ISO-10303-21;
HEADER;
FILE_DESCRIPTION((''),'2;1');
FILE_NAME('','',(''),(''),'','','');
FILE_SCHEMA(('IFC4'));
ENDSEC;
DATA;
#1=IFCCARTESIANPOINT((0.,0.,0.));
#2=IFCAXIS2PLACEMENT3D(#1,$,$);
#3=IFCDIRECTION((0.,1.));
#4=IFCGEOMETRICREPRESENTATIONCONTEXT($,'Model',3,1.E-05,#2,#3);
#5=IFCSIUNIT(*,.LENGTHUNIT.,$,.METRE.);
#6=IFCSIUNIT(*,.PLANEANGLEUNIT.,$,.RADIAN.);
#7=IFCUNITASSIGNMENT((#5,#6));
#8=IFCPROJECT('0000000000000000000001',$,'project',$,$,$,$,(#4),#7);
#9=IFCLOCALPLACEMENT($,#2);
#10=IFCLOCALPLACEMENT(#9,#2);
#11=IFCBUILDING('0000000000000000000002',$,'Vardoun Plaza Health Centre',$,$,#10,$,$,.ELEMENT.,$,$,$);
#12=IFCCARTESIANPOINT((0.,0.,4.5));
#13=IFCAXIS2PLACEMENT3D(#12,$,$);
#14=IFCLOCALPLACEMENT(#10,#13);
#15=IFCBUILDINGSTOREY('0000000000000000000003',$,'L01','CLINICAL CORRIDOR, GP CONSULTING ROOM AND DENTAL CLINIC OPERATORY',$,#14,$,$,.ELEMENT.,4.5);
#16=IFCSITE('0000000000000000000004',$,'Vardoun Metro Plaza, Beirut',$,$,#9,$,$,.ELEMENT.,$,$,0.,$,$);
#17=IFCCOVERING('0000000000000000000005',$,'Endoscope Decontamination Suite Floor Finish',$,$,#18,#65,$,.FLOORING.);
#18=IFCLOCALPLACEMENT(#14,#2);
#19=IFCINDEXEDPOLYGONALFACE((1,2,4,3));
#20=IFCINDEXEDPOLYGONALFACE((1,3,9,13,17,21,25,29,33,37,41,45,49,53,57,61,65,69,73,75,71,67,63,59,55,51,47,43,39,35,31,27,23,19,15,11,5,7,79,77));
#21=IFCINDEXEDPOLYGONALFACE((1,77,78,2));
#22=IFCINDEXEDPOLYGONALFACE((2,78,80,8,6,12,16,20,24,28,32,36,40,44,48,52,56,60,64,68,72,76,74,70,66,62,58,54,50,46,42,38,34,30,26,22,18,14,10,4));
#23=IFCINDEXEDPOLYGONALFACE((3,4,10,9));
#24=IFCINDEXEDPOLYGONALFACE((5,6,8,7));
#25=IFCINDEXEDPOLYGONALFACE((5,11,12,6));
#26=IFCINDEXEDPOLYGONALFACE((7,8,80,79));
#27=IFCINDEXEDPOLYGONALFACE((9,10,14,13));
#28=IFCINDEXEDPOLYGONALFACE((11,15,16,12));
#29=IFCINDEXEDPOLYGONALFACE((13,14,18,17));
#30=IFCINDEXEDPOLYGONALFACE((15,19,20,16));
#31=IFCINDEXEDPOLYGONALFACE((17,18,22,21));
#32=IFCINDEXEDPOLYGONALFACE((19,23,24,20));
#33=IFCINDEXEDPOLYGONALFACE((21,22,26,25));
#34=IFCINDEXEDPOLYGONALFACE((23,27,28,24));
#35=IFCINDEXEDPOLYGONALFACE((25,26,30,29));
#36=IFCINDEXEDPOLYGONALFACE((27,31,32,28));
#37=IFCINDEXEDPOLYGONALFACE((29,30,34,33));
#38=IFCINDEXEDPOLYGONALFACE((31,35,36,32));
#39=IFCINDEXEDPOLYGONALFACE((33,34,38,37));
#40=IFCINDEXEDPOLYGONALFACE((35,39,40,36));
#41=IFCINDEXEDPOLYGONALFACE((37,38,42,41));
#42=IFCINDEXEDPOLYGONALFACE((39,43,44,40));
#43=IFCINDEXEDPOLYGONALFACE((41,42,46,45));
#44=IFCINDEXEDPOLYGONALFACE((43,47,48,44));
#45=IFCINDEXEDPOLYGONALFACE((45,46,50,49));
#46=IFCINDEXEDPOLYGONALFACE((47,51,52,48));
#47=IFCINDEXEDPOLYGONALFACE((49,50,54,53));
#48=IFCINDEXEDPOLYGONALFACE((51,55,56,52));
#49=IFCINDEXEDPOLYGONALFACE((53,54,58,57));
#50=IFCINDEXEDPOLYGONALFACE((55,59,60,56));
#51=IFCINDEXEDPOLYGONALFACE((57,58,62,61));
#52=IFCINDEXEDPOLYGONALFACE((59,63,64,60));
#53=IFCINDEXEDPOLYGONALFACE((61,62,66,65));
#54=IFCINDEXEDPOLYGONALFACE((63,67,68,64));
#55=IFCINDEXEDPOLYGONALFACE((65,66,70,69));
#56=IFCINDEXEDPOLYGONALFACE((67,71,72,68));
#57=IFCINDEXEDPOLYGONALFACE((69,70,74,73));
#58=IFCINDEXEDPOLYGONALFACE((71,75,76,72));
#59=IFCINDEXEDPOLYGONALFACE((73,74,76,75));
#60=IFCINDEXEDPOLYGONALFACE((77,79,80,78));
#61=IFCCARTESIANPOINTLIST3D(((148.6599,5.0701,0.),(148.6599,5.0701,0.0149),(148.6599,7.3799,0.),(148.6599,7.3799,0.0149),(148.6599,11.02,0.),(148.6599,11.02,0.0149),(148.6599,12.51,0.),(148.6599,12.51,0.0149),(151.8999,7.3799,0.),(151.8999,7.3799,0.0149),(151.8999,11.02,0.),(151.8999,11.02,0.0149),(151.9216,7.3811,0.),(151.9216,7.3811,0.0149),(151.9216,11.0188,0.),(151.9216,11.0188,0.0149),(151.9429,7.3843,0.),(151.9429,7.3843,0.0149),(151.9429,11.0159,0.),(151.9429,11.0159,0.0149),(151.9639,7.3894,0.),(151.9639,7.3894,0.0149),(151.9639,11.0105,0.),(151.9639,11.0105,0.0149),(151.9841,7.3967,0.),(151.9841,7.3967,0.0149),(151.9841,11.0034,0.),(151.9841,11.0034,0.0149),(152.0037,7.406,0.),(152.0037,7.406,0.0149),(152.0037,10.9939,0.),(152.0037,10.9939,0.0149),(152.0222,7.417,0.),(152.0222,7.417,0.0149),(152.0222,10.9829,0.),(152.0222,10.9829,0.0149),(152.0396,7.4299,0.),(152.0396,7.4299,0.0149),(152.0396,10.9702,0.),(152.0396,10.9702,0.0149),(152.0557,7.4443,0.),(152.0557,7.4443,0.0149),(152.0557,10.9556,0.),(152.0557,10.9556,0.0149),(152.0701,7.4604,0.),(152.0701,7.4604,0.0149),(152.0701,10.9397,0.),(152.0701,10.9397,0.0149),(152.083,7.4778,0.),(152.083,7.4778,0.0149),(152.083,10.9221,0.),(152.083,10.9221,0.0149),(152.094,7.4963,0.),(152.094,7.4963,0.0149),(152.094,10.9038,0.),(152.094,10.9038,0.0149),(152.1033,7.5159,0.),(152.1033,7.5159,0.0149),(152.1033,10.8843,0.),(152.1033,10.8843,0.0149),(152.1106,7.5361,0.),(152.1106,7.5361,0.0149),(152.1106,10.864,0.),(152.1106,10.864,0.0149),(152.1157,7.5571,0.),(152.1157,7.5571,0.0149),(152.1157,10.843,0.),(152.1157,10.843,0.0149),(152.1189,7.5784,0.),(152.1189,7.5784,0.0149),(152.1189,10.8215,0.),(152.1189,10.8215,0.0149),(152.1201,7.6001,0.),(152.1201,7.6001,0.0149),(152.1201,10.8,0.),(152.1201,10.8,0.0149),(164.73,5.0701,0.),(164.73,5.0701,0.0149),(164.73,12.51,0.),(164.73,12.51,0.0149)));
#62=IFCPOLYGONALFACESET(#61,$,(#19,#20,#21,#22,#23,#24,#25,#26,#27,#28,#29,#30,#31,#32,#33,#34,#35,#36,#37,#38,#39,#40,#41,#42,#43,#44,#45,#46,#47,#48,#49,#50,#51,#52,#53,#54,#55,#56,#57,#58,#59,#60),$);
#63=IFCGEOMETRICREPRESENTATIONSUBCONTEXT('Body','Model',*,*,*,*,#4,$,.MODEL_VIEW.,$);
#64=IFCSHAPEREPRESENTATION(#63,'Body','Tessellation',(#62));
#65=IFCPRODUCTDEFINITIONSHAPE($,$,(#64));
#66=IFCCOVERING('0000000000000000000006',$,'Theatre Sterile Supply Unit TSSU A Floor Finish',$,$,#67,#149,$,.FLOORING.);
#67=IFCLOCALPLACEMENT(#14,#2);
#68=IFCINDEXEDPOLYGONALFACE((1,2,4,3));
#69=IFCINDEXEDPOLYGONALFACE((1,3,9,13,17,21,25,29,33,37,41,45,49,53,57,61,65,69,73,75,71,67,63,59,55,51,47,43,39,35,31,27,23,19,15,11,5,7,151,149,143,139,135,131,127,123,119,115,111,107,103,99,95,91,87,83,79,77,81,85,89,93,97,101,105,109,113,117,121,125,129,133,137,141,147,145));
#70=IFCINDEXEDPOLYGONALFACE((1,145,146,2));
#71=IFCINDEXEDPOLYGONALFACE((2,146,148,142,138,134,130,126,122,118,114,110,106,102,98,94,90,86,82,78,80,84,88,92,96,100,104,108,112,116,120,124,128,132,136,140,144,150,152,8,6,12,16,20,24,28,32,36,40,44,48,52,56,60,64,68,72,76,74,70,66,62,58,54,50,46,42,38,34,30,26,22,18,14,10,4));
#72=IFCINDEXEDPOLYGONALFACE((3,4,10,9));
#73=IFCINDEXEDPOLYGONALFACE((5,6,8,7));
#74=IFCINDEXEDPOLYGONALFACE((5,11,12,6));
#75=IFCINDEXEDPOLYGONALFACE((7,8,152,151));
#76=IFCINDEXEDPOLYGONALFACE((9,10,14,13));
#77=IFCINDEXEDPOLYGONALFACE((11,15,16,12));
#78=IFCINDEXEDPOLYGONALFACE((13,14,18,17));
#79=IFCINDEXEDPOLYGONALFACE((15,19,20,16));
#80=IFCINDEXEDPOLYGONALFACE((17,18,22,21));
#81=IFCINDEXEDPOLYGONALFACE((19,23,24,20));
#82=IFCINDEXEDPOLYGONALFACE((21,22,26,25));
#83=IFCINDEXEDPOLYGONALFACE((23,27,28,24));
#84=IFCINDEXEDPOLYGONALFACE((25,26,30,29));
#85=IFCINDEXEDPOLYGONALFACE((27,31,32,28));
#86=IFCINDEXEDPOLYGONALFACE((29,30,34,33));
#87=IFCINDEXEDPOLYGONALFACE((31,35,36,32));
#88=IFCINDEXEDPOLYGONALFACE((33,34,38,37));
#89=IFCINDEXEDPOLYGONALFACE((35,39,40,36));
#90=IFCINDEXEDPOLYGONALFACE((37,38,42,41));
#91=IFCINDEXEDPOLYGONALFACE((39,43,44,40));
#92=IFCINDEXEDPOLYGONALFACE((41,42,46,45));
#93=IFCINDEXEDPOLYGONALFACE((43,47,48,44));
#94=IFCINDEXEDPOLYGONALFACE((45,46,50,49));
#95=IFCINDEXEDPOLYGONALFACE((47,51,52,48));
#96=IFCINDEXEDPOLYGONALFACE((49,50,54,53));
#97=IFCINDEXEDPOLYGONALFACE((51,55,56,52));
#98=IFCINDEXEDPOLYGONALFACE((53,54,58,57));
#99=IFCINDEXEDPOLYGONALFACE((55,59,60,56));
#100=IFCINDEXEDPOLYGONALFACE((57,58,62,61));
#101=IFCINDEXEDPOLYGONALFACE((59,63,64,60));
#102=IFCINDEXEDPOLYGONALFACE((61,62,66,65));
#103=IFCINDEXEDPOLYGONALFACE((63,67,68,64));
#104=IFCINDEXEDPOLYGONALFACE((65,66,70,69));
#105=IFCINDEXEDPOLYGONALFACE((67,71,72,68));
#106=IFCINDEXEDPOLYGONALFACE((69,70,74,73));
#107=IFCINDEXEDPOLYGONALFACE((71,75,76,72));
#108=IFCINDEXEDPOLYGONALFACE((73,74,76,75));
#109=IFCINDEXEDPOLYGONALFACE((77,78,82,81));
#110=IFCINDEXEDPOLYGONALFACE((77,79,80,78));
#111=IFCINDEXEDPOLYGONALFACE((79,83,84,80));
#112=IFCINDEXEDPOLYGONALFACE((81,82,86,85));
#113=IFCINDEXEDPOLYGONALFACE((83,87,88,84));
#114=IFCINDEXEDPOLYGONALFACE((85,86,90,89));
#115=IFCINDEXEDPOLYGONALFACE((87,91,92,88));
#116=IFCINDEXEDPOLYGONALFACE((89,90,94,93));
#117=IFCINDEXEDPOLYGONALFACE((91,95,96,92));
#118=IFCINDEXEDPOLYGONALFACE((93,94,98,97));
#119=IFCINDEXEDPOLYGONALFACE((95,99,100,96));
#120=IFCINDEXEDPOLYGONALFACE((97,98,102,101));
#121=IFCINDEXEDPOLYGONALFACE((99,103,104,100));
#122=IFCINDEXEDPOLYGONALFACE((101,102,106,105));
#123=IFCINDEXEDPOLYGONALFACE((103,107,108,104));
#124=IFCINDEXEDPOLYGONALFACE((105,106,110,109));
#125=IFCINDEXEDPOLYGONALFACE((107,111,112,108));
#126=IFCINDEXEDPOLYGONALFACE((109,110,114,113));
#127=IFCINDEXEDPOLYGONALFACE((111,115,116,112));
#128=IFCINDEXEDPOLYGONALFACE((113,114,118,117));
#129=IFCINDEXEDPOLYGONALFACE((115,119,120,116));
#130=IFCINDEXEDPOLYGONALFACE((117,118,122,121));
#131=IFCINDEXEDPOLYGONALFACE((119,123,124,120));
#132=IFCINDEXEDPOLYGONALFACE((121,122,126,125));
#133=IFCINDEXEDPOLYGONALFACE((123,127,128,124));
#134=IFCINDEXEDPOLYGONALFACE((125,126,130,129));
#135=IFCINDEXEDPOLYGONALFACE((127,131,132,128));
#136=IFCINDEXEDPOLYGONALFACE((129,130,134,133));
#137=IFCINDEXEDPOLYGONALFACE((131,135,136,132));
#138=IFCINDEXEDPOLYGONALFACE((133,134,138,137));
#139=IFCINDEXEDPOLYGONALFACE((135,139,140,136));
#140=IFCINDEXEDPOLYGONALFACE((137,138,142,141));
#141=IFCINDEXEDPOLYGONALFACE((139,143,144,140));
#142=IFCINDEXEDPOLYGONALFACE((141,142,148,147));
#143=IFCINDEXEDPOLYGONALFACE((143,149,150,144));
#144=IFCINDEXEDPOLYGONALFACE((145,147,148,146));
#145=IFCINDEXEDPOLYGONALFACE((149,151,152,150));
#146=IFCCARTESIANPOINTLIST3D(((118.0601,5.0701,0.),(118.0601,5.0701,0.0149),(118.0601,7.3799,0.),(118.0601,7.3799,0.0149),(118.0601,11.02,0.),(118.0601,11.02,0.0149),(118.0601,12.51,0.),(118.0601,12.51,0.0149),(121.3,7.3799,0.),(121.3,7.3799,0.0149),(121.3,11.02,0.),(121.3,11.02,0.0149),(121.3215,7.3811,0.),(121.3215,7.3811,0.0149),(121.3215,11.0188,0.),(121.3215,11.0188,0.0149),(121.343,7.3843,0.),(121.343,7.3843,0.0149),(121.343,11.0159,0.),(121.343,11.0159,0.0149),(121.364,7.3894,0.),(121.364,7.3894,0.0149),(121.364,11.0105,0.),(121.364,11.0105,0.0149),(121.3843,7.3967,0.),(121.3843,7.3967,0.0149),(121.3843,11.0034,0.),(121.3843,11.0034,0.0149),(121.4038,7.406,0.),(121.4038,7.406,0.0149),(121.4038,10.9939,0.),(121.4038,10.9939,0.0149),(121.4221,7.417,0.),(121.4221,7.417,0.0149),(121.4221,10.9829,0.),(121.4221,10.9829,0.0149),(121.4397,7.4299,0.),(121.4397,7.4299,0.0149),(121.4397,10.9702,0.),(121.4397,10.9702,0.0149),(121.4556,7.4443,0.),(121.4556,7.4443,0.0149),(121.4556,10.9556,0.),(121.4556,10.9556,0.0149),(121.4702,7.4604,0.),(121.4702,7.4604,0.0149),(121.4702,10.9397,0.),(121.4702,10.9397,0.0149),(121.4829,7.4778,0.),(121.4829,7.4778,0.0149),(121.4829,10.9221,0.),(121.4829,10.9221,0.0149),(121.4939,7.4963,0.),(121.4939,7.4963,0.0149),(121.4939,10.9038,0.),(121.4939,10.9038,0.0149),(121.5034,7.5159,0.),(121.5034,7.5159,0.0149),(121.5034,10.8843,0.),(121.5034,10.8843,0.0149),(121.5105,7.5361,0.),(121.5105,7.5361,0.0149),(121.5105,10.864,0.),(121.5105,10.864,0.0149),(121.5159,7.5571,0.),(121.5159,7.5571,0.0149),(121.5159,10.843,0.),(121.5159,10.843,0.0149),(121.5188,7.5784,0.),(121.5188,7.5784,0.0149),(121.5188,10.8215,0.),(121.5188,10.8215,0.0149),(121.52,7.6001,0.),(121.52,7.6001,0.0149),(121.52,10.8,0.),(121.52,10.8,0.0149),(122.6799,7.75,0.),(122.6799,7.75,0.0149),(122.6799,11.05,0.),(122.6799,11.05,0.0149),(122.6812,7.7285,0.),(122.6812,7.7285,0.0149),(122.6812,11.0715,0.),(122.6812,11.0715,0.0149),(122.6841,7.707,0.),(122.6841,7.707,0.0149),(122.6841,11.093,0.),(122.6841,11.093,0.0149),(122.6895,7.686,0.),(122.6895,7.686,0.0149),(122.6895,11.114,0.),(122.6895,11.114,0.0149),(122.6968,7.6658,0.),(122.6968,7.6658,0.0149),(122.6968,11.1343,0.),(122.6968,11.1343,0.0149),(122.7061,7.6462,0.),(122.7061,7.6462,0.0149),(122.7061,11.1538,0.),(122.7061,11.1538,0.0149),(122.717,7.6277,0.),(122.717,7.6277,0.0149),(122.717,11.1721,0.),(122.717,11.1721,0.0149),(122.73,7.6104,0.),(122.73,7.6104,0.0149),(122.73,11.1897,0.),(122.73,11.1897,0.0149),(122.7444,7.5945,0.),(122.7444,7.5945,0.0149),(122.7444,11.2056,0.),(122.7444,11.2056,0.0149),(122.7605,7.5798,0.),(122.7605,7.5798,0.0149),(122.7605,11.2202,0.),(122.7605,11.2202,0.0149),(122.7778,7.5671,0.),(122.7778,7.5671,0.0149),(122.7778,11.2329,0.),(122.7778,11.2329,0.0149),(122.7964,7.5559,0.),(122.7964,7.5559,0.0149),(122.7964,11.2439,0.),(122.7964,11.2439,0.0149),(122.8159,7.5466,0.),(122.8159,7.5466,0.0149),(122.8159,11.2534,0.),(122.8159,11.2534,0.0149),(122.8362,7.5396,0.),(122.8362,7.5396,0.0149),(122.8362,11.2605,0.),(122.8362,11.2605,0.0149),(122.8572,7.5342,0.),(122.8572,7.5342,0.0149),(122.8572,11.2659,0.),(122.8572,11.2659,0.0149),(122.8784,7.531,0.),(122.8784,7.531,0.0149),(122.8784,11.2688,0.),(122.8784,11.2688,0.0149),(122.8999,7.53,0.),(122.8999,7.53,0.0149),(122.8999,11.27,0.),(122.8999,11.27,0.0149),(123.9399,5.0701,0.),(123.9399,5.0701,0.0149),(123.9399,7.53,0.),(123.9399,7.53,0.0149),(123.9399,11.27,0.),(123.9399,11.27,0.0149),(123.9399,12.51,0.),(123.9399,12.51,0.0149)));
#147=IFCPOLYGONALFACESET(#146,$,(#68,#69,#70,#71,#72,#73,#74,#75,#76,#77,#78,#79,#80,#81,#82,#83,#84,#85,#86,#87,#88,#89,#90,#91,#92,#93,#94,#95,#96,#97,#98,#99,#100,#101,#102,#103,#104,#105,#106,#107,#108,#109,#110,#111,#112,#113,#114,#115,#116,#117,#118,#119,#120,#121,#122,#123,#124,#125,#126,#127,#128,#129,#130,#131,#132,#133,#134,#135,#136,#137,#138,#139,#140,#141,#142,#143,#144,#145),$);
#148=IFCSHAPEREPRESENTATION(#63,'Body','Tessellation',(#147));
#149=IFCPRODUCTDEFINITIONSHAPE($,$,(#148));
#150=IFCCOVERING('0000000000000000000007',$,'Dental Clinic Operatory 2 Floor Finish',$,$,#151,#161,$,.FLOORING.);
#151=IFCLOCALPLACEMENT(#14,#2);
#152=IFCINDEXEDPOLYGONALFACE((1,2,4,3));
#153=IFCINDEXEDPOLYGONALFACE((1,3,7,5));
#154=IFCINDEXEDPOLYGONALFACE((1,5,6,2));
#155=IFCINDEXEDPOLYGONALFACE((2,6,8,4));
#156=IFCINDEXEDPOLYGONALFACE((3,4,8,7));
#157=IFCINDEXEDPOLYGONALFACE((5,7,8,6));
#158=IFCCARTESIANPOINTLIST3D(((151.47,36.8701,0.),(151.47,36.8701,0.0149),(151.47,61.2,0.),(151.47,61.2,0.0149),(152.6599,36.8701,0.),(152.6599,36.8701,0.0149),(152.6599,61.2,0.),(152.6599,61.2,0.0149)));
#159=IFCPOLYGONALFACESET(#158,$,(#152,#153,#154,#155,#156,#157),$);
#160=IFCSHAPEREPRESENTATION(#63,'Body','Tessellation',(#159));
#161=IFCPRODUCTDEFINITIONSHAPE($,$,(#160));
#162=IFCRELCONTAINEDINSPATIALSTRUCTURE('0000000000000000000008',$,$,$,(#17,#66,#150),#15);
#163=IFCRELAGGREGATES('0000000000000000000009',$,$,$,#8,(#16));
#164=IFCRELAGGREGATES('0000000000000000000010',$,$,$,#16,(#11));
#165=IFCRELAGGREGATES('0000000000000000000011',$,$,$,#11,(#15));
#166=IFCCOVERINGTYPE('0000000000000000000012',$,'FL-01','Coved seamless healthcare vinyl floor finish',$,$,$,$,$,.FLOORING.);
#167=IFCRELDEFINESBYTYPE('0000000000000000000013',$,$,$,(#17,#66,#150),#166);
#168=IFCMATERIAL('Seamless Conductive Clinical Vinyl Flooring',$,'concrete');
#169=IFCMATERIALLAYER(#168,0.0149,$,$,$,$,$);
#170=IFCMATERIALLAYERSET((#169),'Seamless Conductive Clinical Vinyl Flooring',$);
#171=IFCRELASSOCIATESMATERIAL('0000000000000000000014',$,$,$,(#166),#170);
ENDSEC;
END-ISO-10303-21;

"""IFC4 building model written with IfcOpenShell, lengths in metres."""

from ifc_helpers import new_model, si_unit, direction, frame, origin, place, context, subcontext, project, spatial, polyline, outline, extrude, material, layer, layer_set, type_object, element, save


model = new_model("IFC4")

# Units and contexts
model_context = context("Model", 3, precision=1e-05, world=origin(), true_north=direction((0.0, 1.0)))
body_context = subcontext(model_context, "Body", "Model", "MODEL_VIEW")
ifc_project = project(units=[si_unit("LENGTHUNIT", "METRE"), si_unit("PLANEANGLEUNIT", "RADIAN")], contexts=[model_context])

# Site, building, storey
site_placement = place(None, origin())
site = spatial("IfcSite", under=ifc_project, at=site_placement, Name="Vardoun Metro Plaza, Beirut", CompositionType="ELEMENT", RefElevation=0.0)
building_placement = place(site_placement, origin())
building = spatial("IfcBuilding", under=site, at=building_placement, Name="Vardoun Plaza Health Centre", CompositionType="ELEMENT")
storey_placement = place(building_placement, frame((0.0, 0.0, 4.5)))
storey = spatial("IfcBuildingStorey", under=building, at=storey_placement, Name="L01", Description="CLINICAL CORRIDOR, GP CONSULTING ROOM AND DENTAL CLINIC OPERATORY", CompositionType="ELEMENT", Elevation=4.5)

# Coverings
ifc_material_1 = material(Name="Seamless Conductive Clinical Vinyl Flooring", Category="concrete")
ifc_layer_1 = layer(ifc_material_1, 0.0149)
ifc_layer_set_1 = layer_set([ifc_layer_1], Name="Seamless Conductive Clinical Vinyl Flooring")
covering_type_1 = type_object("IfcCoveringType", Name="FL-01", Description="Coved seamless healthcare vinyl floor finish", PredefinedType="FLOORING", material=ifc_layer_set_1)
covering_1_placement = place(storey_placement, origin())
element("IfcCovering", 1, at=covering_1_placement, inside=storey, type_object=covering_type_1, Name="Endoscope Decontamination Suite Floor Finish", PredefinedType="FLOORING", context=body_context, shape_type="SweptSolid", body=[
    extrude(outline(polyline([(164.73, 5.0701), (148.6599, 5.0701), (148.6599, 7.3799), (151.8999, 7.3799), (151.9216, 7.3811), (151.9429, 7.3843), (151.9639, 7.3894), (151.9841, 7.3967), (152.0037, 7.406), (152.0222, 7.417), (152.0396, 7.4299), (152.0557, 7.4443), (152.0701, 7.4604), (152.083, 7.4778), (152.094, 7.4963), (152.1033, 7.5159), (152.1106, 7.5361), (152.1157, 7.5571), (152.1189, 7.5784), (152.1201, 7.6001), (152.1201, 10.8), (152.1189, 10.8215), (152.1157, 10.843), (152.1106, 10.864), (152.1033, 10.8843), (152.094, 10.9038), (152.083, 10.9221), (152.0701, 10.9397), (152.0557, 10.9556), (152.0396, 10.9702), (152.0222, 10.9829), (152.0037, 10.9939), (151.9841, 11.0034), (151.9639, 11.0105), (151.9429, 11.0159), (151.9216, 11.0188), (151.8999, 11.02), (148.6599, 11.02), (148.6599, 12.51), (164.73, 12.51), (164.73, 5.0701)])), origin(), (0.0, 0.0, 1.0), 0.0149),
])
covering_2_placement = place(storey_placement, origin())
element("IfcCovering", 2, at=covering_2_placement, inside=storey, type_object=covering_type_1, Name="Theatre Sterile Supply Unit TSSU A Floor Finish", PredefinedType="FLOORING", context=body_context, shape_type="SweptSolid", body=[
    extrude(outline(polyline([(118.0601, 7.3799), (121.3, 7.3799), (121.3215, 7.3811), (121.343, 7.3843), (121.364, 7.3894), (121.3843, 7.3967), (121.4038, 7.406), (121.4221, 7.417), (121.4397, 7.4299), (121.4556, 7.4443), (121.4702, 7.4604), (121.4829, 7.4778), (121.4939, 7.4963), (121.5034, 7.5159), (121.5105, 7.5361), (121.5159, 7.5571), (121.5188, 7.5784), (121.52, 7.6001), (121.52, 10.8), (121.5188, 10.8215), (121.5159, 10.843), (121.5105, 10.864), (121.5034, 10.8843), (121.4939, 10.9038), (121.4829, 10.9221), (121.4702, 10.9397), (121.4556, 10.9556), (121.4397, 10.9702), (121.4221, 10.9829), (121.4038, 10.9939), (121.3843, 11.0034), (121.364, 11.0105), (121.343, 11.0159), (121.3215, 11.0188), (121.3, 11.02), (118.0601, 11.02), (118.0601, 12.51), (123.9399, 12.51), (123.9399, 11.27), (122.8999, 11.27), (122.8784, 11.2688), (122.8572, 11.2659), (122.8362, 11.2605), (122.8159, 11.2534), (122.7964, 11.2439), (122.7778, 11.2329), (122.7605, 11.2202), (122.7444, 11.2056), (122.73, 11.1897), (122.717, 11.1721), (122.7061, 11.1538), (122.6968, 11.1343), (122.6895, 11.114), (122.6841, 11.093), (122.6812, 11.0715), (122.6799, 11.05), (122.6799, 7.75), (122.6812, 7.7285), (122.6841, 7.707), (122.6895, 7.686), (122.6968, 7.6658), (122.7061, 7.6462), (122.717, 7.6277), (122.73, 7.6104), (122.7444, 7.5945), (122.7605, 7.5798), (122.7778, 7.5671), (122.7964, 7.5559), (122.8159, 7.5466), (122.8362, 7.5396), (122.8572, 7.5342), (122.8784, 7.531), (122.8999, 7.53), (123.9399, 7.53), (123.9399, 5.0701), (118.0601, 5.0701), (118.0601, 7.3799)])), origin(), (0.0, 0.0, 1.0), 0.0149),
])
covering_3_placement = place(storey_placement, origin())
element("IfcCovering", 3, at=covering_3_placement, inside=storey, type_object=covering_type_1, Name="Dental Clinic Operatory 2 Floor Finish", PredefinedType="FLOORING", context=body_context, shape_type="SweptSolid", body=[
    extrude(outline(polyline([(152.6599, 36.8701), (151.47, 36.8701), (151.47, 61.2), (152.6599, 61.2), (152.6599, 36.8701)])), origin(), (0.0, 0.0, 1.0), 0.0149),
])

save(model, "model.ifc")
